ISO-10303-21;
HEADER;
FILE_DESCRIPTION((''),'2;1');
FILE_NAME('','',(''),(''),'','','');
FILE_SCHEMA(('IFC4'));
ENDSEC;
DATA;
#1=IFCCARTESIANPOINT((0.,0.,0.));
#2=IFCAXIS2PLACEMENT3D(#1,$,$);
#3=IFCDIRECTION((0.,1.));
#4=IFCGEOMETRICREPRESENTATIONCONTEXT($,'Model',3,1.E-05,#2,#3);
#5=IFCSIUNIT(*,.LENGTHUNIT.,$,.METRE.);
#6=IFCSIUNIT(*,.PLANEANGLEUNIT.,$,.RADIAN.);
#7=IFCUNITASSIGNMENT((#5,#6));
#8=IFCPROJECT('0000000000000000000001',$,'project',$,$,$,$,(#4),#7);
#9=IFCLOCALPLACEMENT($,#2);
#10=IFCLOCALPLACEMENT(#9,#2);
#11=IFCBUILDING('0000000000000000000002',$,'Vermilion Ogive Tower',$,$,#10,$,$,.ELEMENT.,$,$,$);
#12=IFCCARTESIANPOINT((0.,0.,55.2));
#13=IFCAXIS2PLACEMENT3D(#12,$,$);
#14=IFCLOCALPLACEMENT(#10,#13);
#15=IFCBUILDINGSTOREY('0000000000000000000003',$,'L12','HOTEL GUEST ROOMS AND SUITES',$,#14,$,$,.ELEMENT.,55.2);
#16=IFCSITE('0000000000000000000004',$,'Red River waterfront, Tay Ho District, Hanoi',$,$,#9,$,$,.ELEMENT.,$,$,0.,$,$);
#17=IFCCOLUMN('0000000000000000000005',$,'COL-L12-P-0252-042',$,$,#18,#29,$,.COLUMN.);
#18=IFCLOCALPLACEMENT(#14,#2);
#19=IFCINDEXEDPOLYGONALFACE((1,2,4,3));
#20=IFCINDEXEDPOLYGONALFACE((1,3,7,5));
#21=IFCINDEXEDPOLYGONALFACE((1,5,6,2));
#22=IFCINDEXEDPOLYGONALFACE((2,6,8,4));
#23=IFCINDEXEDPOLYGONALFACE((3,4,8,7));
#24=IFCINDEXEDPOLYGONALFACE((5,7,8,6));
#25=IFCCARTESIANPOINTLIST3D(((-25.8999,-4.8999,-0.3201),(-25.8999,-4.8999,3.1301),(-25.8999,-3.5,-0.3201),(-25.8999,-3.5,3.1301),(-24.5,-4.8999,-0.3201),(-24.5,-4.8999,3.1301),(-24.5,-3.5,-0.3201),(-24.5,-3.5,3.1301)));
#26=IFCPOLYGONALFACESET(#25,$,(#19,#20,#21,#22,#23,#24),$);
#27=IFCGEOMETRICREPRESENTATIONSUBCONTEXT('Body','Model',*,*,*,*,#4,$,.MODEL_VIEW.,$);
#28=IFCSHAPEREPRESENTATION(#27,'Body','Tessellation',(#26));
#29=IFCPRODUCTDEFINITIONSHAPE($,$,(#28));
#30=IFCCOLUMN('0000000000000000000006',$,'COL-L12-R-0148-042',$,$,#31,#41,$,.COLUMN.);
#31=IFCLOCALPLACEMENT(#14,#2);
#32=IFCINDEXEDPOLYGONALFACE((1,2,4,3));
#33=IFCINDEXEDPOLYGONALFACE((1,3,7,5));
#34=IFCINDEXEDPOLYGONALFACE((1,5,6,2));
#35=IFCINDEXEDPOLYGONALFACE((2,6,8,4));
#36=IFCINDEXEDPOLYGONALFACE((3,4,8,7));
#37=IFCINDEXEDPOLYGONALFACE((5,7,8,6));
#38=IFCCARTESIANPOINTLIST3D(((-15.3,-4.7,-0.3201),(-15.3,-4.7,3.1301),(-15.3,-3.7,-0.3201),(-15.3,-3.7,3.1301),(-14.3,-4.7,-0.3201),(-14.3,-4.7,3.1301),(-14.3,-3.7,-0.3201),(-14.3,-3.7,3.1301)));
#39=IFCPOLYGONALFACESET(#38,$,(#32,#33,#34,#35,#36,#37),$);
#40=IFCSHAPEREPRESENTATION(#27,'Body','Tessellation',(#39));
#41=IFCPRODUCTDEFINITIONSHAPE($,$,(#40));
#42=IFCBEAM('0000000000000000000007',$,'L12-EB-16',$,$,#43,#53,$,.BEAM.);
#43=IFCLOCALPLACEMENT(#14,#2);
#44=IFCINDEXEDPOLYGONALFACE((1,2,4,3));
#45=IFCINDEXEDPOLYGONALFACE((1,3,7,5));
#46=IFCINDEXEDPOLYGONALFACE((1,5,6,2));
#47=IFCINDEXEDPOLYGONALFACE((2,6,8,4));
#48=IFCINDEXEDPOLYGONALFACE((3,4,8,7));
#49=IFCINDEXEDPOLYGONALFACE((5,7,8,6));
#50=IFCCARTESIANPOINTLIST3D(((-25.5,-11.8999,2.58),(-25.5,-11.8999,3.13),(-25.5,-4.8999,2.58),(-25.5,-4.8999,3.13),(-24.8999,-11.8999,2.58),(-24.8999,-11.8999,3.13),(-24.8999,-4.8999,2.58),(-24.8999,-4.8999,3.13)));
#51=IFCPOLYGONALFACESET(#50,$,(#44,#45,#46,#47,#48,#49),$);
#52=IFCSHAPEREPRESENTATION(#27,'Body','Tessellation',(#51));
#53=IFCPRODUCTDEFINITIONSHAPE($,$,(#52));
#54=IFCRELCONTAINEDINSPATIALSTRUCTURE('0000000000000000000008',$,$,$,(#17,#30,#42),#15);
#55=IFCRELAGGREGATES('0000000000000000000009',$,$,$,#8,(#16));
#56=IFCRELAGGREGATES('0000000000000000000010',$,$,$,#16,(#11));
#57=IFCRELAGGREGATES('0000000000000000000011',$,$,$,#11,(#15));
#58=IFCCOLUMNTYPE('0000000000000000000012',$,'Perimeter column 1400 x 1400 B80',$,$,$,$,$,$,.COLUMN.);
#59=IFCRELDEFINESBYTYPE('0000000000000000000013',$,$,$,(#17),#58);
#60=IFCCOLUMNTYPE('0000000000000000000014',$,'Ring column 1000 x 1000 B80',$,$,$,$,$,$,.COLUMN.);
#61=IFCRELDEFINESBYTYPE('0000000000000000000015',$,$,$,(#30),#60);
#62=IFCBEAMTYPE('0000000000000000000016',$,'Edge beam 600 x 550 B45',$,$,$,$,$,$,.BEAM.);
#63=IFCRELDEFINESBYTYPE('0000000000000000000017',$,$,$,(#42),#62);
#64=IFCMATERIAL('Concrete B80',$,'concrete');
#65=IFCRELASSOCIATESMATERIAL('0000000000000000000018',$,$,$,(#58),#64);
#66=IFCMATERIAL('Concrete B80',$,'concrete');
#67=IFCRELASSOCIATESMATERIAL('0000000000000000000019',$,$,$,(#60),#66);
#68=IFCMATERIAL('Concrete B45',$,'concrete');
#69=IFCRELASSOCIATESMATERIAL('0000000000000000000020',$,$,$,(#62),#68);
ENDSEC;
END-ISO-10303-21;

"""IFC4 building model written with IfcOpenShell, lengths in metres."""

from ifc_helpers import new_model, si_unit, direction, frame, origin, origin_2d, place, context, subcontext, project, spatial, rectangle, extrude, material, material_profile, profile_set, type_object, element, save


model = new_model("IFC4")

# Units and contexts
model_context = context("Model", 3, precision=1e-05, world=origin(), true_north=direction((0.0, 1.0)))
body_context = subcontext(model_context, "Body", "Model", "MODEL_VIEW")
ifc_project = project(units=[si_unit("LENGTHUNIT", "METRE"), si_unit("PLANEANGLEUNIT", "RADIAN")], contexts=[model_context])

# Site, building, storey
site_placement = place(None, origin())
site = spatial("IfcSite", under=ifc_project, at=site_placement, Name="Red River waterfront, Tay Ho District, Hanoi", CompositionType="ELEMENT", RefElevation=0.0)
building_placement = place(site_placement, origin())
building = spatial("IfcBuilding", under=site, at=building_placement, Name="Vermilion Ogive Tower", CompositionType="ELEMENT")
storey_placement = place(building_placement, frame((0.0, 0.0, 55.2)))
storey = spatial("IfcBuildingStorey", under=building, at=storey_placement, Name="L12", Description="HOTEL GUEST ROOMS AND SUITES", CompositionType="ELEMENT", Elevation=55.2)

# Columns
ifc_material_1 = material(Name="Concrete B80", Category="concrete")
ifc_material_profile_1 = material_profile(ifc_material_1, rectangle(XDim=1.3999, YDim=1.3999, at=origin_2d()), Name="1400 x 1400")
ifc_profile_set_1 = profile_set([ifc_material_profile_1], Name="Concrete B80")
column_type_1 = type_object("IfcColumnType", Name="Perimeter column 1400 x 1400 B80", PredefinedType="COLUMN", material=ifc_profile_set_1)
column_1_placement = place(storey_placement, frame((-25.2, -4.2, -0.3201), z_axis=(0.0, 0.0, 1.0), x_axis=(1.0, 0.0, 0.0)))
element("IfcColumn", 1, at=column_1_placement, inside=storey, type_object=column_type_1, Name="COL-L12-P-0252-042", PredefinedType="COLUMN", context=body_context, shape_type="SweptSolid", body=[
    extrude(rectangle(XDim=1.3999, YDim=1.3999, at=origin_2d()), origin(), (0.0, 0.0, 1.0), 3.4502),
])
ifc_material_2 = material(Name="Concrete B80", Category="concrete")
ifc_material_profile_2 = material_profile(ifc_material_2, rectangle(XDim=1.0, YDim=1.0, at=origin_2d()), Name="1000 x 1000")
ifc_profile_set_2 = profile_set([ifc_material_profile_2], Name="Concrete B80")
column_type_2 = type_object("IfcColumnType", Name="Ring column 1000 x 1000 B80", PredefinedType="COLUMN", material=ifc_profile_set_2)
column_2_placement = place(storey_placement, frame((-14.8, -4.2, -0.3201), z_axis=(0.0, 0.0, 1.0), x_axis=(1.0, 0.0, 0.0)))
element("IfcColumn", 2, at=column_2_placement, inside=storey, type_object=column_type_2, Name="COL-L12-R-0148-042", PredefinedType="COLUMN", context=body_context, shape_type="SweptSolid", body=[
    extrude(rectangle(XDim=1.0, YDim=1.0, at=origin_2d()), origin(), (0.0, 0.0, 1.0), 3.4502),
])

# Beam
ifc_material_3 = material(Name="Concrete B45", Category="concrete")
ifc_material_profile_3 = material_profile(ifc_material_3, rectangle(XDim=0.6001, YDim=0.55, at=origin_2d()), Name="600 x 550")
ifc_profile_set_3 = profile_set([ifc_material_profile_3], Name="Concrete B45")
beam_type = type_object("IfcBeamType", Name="Edge beam 600 x 550 B45", PredefinedType="BEAM", material=ifc_profile_set_3)
beam_placement = place(storey_placement, frame((-25.2, -4.8999, 2.855), z_axis=(0.0, -1.0, 0.0), x_axis=(1.0, 0.0, 0.0)))
element("IfcBeam", 3, at=beam_placement, inside=storey, type_object=beam_type, Name="L12-EB-16", PredefinedType="BEAM", context=body_context, shape_type="SweptSolid", body=[
    extrude(rectangle(XDim=0.6001, YDim=0.55, at=origin_2d()), origin(), (0.0, 0.0, 1.0), 7.0),
])

save(model, "model.ifc")
